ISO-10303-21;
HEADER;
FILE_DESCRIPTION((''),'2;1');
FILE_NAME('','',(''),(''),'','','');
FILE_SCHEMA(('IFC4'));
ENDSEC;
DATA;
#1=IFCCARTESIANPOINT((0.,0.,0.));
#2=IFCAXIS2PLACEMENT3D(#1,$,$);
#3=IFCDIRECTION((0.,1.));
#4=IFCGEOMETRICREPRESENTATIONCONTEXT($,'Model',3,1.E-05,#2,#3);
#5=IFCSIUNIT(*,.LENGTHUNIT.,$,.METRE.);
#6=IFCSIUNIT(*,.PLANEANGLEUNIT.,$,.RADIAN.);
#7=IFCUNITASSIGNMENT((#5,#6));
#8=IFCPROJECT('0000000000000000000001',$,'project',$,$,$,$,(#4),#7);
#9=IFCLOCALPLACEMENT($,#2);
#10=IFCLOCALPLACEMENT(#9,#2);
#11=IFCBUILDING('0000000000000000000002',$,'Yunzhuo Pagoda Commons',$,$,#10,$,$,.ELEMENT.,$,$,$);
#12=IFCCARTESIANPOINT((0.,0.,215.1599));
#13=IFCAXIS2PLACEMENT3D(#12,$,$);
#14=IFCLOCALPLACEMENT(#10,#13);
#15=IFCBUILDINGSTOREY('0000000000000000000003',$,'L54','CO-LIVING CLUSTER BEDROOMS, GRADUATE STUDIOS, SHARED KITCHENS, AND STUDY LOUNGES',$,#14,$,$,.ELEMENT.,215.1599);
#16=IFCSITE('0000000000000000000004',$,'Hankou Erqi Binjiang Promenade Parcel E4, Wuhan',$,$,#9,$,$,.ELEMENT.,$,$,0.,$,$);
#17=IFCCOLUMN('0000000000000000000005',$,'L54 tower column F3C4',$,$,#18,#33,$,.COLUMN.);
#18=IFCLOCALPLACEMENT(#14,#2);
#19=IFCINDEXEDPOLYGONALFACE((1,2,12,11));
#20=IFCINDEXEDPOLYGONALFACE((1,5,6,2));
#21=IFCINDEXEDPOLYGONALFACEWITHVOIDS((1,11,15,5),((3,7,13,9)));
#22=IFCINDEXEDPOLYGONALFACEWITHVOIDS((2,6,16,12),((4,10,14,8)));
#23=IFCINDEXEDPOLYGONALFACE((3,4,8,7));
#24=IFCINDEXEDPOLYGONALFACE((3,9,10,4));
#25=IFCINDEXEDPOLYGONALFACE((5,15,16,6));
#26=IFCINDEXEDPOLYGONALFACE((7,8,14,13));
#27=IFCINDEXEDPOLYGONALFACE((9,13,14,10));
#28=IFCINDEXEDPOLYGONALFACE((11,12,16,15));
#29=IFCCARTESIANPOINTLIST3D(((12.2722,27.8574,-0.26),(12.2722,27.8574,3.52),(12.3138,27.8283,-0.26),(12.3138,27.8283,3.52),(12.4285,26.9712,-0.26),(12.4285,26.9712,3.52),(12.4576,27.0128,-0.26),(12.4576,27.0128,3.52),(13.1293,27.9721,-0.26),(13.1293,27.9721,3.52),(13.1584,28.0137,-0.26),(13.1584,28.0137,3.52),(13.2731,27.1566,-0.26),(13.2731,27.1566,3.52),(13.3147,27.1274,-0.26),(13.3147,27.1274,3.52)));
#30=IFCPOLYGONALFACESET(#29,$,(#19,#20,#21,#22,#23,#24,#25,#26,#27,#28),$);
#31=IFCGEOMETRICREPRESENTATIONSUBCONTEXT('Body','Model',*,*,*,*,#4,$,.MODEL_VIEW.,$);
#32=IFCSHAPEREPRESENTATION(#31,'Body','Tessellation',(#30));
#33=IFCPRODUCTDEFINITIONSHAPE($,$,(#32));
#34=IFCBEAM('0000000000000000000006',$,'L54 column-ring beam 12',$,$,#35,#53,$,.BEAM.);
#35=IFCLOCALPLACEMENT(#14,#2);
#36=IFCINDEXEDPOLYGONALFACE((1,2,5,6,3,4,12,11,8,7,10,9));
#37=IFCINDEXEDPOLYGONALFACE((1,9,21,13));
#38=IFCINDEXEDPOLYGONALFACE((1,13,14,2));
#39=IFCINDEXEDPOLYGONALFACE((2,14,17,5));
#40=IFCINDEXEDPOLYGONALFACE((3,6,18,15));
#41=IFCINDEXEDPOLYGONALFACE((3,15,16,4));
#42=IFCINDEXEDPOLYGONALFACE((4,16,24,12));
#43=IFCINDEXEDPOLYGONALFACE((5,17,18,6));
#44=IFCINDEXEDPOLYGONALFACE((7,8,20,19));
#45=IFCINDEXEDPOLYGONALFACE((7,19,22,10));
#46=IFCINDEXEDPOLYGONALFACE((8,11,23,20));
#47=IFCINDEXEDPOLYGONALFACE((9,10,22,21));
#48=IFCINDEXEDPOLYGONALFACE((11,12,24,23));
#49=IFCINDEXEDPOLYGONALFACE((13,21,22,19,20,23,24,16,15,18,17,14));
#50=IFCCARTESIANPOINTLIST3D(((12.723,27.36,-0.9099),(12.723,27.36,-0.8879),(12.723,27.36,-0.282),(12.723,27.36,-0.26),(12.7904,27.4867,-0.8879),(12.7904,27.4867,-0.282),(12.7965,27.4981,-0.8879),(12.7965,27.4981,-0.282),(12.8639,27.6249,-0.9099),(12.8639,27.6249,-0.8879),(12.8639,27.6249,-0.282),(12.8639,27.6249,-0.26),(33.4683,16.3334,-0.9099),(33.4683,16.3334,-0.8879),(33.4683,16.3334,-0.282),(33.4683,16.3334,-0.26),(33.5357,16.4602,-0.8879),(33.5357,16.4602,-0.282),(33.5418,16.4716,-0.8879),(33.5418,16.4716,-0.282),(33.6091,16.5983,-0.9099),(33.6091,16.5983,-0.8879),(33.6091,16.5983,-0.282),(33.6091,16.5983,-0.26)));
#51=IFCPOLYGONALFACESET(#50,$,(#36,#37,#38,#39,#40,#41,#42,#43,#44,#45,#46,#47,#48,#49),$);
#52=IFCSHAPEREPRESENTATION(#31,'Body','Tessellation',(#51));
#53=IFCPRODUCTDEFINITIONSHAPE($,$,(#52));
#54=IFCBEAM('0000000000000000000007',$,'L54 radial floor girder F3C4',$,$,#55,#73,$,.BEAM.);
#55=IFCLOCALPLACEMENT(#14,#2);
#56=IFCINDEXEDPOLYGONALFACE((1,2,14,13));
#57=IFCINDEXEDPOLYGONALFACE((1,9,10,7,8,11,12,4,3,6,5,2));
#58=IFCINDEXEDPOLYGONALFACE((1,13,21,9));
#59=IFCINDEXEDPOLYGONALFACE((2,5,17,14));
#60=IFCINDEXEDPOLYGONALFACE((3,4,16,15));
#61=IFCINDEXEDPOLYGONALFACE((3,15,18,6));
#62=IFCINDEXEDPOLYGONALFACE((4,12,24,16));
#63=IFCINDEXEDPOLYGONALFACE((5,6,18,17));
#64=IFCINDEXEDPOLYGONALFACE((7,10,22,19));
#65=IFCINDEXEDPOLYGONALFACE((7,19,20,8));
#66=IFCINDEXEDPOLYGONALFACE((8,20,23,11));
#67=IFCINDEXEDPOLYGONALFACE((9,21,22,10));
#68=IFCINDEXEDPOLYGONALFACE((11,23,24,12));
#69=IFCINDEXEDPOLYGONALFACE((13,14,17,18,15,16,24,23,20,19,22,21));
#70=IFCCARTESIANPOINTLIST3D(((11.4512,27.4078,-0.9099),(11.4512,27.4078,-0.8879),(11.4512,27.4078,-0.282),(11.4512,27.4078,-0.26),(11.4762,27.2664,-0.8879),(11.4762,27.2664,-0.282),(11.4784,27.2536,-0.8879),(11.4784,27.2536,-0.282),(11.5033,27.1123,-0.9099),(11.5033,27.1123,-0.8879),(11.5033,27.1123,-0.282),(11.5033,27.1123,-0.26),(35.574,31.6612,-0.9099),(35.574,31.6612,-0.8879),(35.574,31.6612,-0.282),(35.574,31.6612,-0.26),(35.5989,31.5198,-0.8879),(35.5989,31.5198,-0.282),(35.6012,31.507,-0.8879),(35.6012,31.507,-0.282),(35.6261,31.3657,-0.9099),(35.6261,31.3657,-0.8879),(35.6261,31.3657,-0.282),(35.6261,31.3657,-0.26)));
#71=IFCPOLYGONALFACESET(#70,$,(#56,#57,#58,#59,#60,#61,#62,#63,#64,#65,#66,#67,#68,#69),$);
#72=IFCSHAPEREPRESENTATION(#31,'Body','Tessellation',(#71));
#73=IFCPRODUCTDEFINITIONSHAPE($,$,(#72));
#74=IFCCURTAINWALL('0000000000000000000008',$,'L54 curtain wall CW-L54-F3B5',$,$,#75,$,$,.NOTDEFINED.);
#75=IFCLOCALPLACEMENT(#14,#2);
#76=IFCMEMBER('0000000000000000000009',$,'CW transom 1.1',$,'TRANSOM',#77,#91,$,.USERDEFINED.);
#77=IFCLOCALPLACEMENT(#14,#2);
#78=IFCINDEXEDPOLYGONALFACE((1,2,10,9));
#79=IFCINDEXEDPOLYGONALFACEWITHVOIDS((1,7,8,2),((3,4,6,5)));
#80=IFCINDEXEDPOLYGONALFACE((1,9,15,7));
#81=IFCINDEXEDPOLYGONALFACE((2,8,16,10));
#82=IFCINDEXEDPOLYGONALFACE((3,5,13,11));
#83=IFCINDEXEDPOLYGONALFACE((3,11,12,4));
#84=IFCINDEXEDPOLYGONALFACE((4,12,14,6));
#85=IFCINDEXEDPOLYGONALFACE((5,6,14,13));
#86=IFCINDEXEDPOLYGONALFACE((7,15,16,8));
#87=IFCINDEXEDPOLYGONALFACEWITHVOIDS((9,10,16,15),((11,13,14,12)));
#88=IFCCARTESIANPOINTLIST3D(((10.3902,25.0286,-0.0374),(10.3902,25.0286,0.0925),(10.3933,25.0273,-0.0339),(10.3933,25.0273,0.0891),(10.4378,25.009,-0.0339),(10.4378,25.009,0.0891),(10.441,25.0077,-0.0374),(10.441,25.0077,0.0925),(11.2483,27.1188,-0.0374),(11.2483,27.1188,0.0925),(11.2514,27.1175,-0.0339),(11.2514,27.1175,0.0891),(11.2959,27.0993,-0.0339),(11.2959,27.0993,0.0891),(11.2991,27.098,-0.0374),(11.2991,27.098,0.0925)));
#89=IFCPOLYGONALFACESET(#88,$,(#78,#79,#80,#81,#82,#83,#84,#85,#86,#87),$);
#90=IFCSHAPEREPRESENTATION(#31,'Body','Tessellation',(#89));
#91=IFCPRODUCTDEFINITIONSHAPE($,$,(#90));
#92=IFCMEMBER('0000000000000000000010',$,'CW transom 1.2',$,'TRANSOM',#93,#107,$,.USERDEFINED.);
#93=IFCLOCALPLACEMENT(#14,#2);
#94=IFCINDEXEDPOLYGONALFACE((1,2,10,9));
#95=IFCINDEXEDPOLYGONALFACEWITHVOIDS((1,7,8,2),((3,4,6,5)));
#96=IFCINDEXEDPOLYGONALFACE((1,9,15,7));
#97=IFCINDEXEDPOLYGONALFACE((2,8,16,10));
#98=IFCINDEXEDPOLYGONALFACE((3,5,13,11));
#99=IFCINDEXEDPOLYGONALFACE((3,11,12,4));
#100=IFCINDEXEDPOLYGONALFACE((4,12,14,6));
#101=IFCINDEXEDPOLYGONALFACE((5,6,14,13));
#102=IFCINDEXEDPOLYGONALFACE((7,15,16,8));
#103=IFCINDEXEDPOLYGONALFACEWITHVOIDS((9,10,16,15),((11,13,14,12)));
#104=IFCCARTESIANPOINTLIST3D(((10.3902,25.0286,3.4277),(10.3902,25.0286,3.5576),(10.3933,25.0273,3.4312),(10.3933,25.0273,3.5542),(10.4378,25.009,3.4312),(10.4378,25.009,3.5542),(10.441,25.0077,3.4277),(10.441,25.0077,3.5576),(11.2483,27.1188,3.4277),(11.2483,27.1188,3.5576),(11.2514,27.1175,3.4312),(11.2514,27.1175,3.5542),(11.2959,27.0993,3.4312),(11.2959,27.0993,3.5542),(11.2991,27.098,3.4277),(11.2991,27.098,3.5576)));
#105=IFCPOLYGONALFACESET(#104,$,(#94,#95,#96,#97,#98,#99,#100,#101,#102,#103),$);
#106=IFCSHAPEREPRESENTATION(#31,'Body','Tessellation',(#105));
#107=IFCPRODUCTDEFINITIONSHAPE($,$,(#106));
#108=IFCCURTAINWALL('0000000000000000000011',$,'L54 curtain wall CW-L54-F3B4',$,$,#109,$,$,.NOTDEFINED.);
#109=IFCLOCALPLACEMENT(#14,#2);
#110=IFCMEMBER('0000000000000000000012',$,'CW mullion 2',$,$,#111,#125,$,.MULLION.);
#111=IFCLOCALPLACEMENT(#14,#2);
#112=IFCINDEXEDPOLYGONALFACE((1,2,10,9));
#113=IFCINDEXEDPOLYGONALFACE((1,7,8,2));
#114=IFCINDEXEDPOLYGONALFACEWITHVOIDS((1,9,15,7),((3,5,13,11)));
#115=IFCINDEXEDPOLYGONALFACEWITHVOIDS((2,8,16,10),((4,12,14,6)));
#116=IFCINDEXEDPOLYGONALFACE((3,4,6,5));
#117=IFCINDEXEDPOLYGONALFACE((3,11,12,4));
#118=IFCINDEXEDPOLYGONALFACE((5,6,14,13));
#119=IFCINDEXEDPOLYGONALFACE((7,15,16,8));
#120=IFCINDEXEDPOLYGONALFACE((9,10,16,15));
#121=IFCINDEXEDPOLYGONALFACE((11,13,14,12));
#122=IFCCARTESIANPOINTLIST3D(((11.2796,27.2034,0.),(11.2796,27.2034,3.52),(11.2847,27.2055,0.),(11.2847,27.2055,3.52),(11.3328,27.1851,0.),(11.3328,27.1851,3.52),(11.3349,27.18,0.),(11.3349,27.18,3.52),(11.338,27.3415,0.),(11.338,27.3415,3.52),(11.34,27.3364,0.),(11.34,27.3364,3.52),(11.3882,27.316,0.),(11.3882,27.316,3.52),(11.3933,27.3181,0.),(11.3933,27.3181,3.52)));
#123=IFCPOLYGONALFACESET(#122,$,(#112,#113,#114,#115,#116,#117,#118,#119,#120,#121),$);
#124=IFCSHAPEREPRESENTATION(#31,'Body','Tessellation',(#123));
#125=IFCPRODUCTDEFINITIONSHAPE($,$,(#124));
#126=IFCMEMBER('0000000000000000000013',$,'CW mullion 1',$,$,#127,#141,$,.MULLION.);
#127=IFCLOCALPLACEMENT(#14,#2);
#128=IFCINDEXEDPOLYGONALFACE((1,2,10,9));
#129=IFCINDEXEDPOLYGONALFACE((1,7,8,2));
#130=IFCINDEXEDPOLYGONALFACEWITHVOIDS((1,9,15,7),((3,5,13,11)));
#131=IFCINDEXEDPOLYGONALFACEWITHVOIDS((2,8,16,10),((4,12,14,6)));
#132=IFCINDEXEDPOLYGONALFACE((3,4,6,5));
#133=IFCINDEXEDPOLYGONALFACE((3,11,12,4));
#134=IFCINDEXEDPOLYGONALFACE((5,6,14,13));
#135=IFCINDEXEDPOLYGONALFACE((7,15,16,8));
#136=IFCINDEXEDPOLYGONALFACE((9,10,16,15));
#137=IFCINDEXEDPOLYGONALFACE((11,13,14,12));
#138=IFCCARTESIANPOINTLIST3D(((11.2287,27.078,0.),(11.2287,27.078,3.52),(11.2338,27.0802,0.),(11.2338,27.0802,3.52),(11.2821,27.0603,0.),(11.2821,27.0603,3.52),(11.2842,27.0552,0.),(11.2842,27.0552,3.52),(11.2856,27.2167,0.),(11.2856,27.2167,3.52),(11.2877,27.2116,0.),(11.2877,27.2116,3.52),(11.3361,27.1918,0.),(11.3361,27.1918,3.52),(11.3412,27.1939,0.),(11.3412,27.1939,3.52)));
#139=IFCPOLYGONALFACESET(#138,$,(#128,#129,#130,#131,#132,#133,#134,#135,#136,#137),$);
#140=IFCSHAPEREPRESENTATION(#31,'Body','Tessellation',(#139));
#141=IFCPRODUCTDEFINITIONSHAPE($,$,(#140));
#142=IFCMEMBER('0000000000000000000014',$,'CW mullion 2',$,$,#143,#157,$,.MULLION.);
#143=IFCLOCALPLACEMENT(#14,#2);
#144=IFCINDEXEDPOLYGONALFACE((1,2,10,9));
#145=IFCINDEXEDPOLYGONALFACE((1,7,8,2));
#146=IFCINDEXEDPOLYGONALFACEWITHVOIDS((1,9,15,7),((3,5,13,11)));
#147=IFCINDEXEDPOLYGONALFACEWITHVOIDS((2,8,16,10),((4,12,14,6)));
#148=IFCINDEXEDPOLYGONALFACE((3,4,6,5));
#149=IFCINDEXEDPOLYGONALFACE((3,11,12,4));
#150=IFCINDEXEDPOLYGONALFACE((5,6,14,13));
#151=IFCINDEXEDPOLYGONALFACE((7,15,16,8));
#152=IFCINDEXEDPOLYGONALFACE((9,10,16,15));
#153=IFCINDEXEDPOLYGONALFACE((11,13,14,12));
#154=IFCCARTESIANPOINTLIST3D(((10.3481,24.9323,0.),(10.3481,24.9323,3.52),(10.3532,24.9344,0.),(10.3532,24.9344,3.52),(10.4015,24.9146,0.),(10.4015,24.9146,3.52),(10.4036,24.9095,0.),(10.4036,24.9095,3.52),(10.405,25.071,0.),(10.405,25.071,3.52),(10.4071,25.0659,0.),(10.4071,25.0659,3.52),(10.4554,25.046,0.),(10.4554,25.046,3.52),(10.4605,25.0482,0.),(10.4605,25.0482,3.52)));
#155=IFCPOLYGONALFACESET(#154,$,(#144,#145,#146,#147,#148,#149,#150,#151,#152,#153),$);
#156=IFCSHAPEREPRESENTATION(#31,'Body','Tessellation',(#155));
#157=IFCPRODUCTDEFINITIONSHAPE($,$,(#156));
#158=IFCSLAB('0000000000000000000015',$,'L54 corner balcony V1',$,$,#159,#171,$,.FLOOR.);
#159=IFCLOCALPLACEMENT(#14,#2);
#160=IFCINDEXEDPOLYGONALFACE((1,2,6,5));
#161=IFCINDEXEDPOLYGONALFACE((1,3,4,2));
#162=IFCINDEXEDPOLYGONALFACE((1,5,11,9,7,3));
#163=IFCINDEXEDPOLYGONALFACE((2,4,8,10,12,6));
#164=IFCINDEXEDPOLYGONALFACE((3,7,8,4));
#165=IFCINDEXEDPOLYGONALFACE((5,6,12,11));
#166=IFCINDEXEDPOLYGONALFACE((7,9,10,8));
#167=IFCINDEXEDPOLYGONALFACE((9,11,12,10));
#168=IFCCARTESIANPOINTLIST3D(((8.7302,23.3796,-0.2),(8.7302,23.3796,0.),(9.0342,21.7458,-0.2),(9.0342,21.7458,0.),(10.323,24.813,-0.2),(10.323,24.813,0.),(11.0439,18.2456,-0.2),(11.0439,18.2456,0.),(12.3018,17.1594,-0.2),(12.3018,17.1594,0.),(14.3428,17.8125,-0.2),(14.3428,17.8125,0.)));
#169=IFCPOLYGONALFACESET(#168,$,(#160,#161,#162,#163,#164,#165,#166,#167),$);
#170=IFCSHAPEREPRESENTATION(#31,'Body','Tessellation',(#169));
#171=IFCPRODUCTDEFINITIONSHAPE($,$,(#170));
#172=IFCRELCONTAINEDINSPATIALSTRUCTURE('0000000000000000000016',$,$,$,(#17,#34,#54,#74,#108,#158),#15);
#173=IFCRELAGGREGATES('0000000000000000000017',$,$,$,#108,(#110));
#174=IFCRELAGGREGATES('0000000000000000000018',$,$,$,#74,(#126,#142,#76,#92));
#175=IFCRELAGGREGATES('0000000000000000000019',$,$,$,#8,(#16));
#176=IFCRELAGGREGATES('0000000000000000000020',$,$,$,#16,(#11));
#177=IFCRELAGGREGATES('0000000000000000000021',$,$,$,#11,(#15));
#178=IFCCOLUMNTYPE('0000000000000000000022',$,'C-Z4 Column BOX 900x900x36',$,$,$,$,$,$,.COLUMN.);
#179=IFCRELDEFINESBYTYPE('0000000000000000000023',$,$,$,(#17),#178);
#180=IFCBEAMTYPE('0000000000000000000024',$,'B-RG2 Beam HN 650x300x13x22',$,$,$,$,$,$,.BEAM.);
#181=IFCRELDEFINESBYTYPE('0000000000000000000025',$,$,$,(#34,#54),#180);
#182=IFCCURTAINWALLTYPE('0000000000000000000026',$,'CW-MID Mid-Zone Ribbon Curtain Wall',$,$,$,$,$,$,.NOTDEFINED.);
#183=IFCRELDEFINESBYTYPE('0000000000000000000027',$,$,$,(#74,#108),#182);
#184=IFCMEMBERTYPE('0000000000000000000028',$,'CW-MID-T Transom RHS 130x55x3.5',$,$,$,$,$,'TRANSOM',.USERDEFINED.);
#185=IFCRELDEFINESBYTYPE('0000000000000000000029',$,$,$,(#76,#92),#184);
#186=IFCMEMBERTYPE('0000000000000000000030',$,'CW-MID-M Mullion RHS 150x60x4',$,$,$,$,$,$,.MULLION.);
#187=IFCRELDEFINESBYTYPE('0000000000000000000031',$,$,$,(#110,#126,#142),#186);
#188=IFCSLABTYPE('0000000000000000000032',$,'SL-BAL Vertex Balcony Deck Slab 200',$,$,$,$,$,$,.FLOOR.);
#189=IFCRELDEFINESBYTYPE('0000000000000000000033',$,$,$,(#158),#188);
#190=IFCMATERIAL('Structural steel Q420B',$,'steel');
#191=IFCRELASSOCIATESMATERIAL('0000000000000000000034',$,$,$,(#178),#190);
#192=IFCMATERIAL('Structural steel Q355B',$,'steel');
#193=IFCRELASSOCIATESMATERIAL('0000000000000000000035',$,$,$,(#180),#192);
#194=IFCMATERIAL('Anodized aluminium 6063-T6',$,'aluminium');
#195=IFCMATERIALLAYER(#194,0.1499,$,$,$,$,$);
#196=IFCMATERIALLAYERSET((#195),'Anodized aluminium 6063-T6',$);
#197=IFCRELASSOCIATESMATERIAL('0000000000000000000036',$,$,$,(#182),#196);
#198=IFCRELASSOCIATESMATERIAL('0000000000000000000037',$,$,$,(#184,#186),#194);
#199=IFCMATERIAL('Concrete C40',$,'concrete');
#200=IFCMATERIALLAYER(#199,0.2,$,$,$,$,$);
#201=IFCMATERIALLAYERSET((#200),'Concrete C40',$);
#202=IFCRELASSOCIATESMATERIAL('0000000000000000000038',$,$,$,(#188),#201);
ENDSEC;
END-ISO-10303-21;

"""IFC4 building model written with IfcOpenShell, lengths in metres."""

from ifc_helpers import new_model, si_unit, direction, frame, origin, origin_2d, place, context, subcontext, project, spatial, polyline, hollow_rectangle, i_section, outline, extrude, source, transform, mapped, material, layer, layer_set, material_profile, profile_set, type_object, element, aggregate, save


model = new_model("IFC4")

# Units and contexts
model_context = context("Model", 3, precision=1e-05, world=origin(), true_north=direction((0.0, 1.0)))
body_context = subcontext(model_context, "Body", "Model", "MODEL_VIEW")
ifc_project = project(units=[si_unit("LENGTHUNIT", "METRE"), si_unit("PLANEANGLEUNIT", "RADIAN")], contexts=[model_context])

# Site, building, storey
site_placement = place(None, origin())
site = spatial("IfcSite", under=ifc_project, at=site_placement, Name="Hankou Erqi Binjiang Promenade Parcel E4, Wuhan", CompositionType="ELEMENT", RefElevation=0.0)
building_placement = place(site_placement, origin())
building = spatial("IfcBuilding", under=site, at=building_placement, Name="Yunzhuo Pagoda Commons", CompositionType="ELEMENT")
storey_placement = place(building_placement, frame((0.0, 0.0, 215.1599)))
storey = spatial("IfcBuildingStorey", under=building, at=storey_placement, Name="L54", Description="CO-LIVING CLUSTER BEDROOMS, GRADUATE STUDIOS, SHARED KITCHENS, AND STUDY LOUNGES", CompositionType="ELEMENT", Elevation=215.1599)

# Column
ifc_material_1 = material(Name="Structural steel Q420B", Category="steel")
ifc_material_profile_1 = material_profile(ifc_material_1, hollow_rectangle(XDim=0.8999, YDim=0.8999, WallThickness=0.0359, at=origin_2d()), Name="Structural steel Q420B")
ifc_profile_set_1 = profile_set([ifc_material_profile_1], Name="Structural steel Q420B")
column_type = type_object("IfcColumnType", Name="C-Z4 Column BOX 900x900x36", PredefinedType="COLUMN", material=ifc_profile_set_1)
shared_shape_1 = source(origin(), body_context, "Body", "SweptSolid", [
    extrude(hollow_rectangle(XDim=0.8999, YDim=0.8999, WallThickness=0.0359, at=origin_2d()), origin(), (0.0, 0.0, 1.0), 3.78),
])
column_placement = place(storey_placement, frame((12.7935, 27.4924, -0.26), z_axis=(0.0, 0.0, 1.0), x_axis=(0.173648, -0.984808, 0.0)))
element("IfcColumn", 1, at=column_placement, inside=storey, type_object=column_type, Name="L54 tower column F3C4", PredefinedType="COLUMN", context=body_context, shape_type="MappedRepresentation", body=[
    mapped(shared_shape_1, transform((0.0, 0.0, 0.0), scale=1.0)),
])

# Beams
ifc_material_2 = material(Name="Structural steel Q355B", Category="steel")
ifc_material_profile_2 = material_profile(ifc_material_2, i_section(OverallWidth=0.3, OverallDepth=0.6499, WebThickness=0.0129, FlangeThickness=0.022, at=origin_2d()), Name="Structural steel Q355B")
ifc_profile_set_2 = profile_set([ifc_material_profile_2], Name="Structural steel Q355B")
beam_type = type_object("IfcBeamType", Name="B-RG2 Beam HN 650x300x13x22", PredefinedType="BEAM", material=ifc_profile_set_2)
shared_shape_2 = source(origin(), body_context, "Body", "SweptSolid", [
    extrude(i_section(OverallWidth=0.3, OverallDepth=0.6499, WebThickness=0.0129, FlangeThickness=0.022, at=origin_2d()), origin(), (0.0, 0.0, 1.0), 23.4937),
])
beam_1_placement = place(storey_placement, frame((12.7935, 27.4924, -0.585), z_axis=(0.883016, -0.469342, 0.0), x_axis=(0.469342, 0.883016, 0.0)))
element("IfcBeam", 2, at=beam_1_placement, inside=storey, type_object=beam_type, Name="L54 column-ring beam 12", PredefinedType="BEAM", context=body_context, shape_type="MappedRepresentation", body=[
    mapped(shared_shape_2, transform((0.0, 0.0, 0.0), scale=1.0)),
])
shared_shape_3 = source(origin(), body_context, "Body", "SweptSolid", [
    extrude(i_section(OverallWidth=0.3, OverallDepth=0.6499, WebThickness=0.0129, FlangeThickness=0.022, at=origin_2d()), origin(), (0.0, 0.0, 1.0), 24.4949),
])
beam_2_placement = place(storey_placement, frame((11.4773, 27.26, -0.585), z_axis=(0.984808, 0.173645, 0.0), x_axis=(-0.173645, 0.984808, 0.0)))
element("IfcBeam", 3, at=beam_2_placement, inside=storey, type_object=beam_type, Name="L54 radial floor girder F3C4", PredefinedType="BEAM", context=body_context, shape_type="MappedRepresentation", body=[
    mapped(shared_shape_3, transform((0.0, 0.0, 0.0), scale=1.0)),
])

# Curtain wall, members
ifc_material_3 = material(Name="Anodized aluminium 6063-T6", Category="aluminium")
ifc_layer_1 = layer(ifc_material_3, 0.1499)
ifc_layer_set_1 = layer_set([ifc_layer_1], Name="Anodized aluminium 6063-T6")
curtain_wall_type = type_object("IfcCurtainWallType", Name="CW-MID Mid-Zone Ribbon Curtain Wall", PredefinedType="NOTDEFINED", material=ifc_layer_set_1)
curtain_wall_1_placement = place(storey_placement, origin())
curtain_wall_1 = element("IfcCurtainWall", 4, at=curtain_wall_1_placement, inside=storey, type_object=curtain_wall_type, Name="L54 curtain wall CW-L54-F3B5", PredefinedType="NOTDEFINED")
ifc_material_profile_3 = material_profile(ifc_material_3, hollow_rectangle(XDim=0.0549, YDim=0.1299, WallThickness=0.0034, at=origin_2d()), Name="Anodized aluminium 6063-T6")
ifc_profile_set_3 = profile_set([ifc_material_profile_3], Name="Anodized aluminium 6063-T6")
member_type_1 = type_object("IfcMemberType", Name="CW-MID-T Transom RHS 130x55x3.5", ElementType="TRANSOM", PredefinedType="USERDEFINED", material=ifc_profile_set_3)
shared_shape_4 = source(origin(), body_context, "Body", "SweptSolid", [
    extrude(hollow_rectangle(XDim=0.0549, YDim=0.1299, WallThickness=0.0034, at=origin_2d()), origin(), (0.0, 0.0, 1.0), 2.2595),
])
member_1_placement = place(storey_placement, frame((11.2737, 27.1084, 0.0276), z_axis=(-0.379777, -0.925078, 0.0), x_axis=(0.925078, -0.379777, 0.0)))
member_1 = element("IfcMember", 5, at=member_1_placement, type_object=member_type_1, Name="CW transom 1.1", ObjectType="TRANSOM", PredefinedType="USERDEFINED", context=body_context, shape_type="MappedRepresentation", body=[
    mapped(shared_shape_4, transform((0.0, 0.0, 0.0), scale=1.0)),
])
member_2_placement = place(storey_placement, frame((11.2737, 27.1084, 3.4927), z_axis=(-0.379777, -0.925078, 0.0), x_axis=(0.925078, -0.379777, 0.0)))
member_2 = element("IfcMember", 6, at=member_2_placement, type_object=member_type_1, Name="CW transom 1.2", ObjectType="TRANSOM", PredefinedType="USERDEFINED", context=body_context, shape_type="MappedRepresentation", body=[
    mapped(shared_shape_4, transform((0.0, 0.0, 0.0), scale=1.0)),
])

# Curtain wall, member
curtain_wall_2_placement = place(storey_placement, origin())
curtain_wall_2 = element("IfcCurtainWall", 7, at=curtain_wall_2_placement, inside=storey, type_object=curtain_wall_type, Name="L54 curtain wall CW-L54-F3B4", PredefinedType="NOTDEFINED")
ifc_material_profile_4 = material_profile(ifc_material_3, hollow_rectangle(XDim=0.0601, YDim=0.1499, WallThickness=0.0039, at=origin_2d()), Name="Anodized aluminium 6063-T6")
ifc_profile_set_4 = profile_set([ifc_material_profile_4], Name="Anodized aluminium 6063-T6")
member_type_2 = type_object("IfcMemberType", Name="CW-MID-M Mullion RHS 150x60x4", PredefinedType="MULLION", material=ifc_profile_set_4)
shared_shape_5 = source(origin(), body_context, "Body", "SweptSolid", [
    extrude(hollow_rectangle(XDim=0.0601, YDim=0.1499, WallThickness=0.0039, at=origin_2d()), origin(), (0.0, 0.0, 1.0), 3.52),
])
member_3_placement = place(storey_placement, frame((11.3364, 27.2607, 0.0), z_axis=(0.0, 0.0, 1.0), x_axis=(0.920979, -0.389612, 0.0)))
member_3 = element("IfcMember", 8, at=member_3_placement, type_object=member_type_2, Name="CW mullion 2", PredefinedType="MULLION", context=body_context, shape_type="MappedRepresentation", body=[
    mapped(shared_shape_5, transform((0.0, 0.0, 0.0), scale=1.0)),
])
aggregate(curtain_wall_2, [member_3])

# Members
member_4_placement = place(storey_placement, frame((11.2849, 27.136, 0.0), z_axis=(0.0, 0.0, 1.0), x_axis=(0.925118, -0.37968, 0.0)))
member_4 = element("IfcMember", 9, at=member_4_placement, type_object=member_type_2, Name="CW mullion 1", PredefinedType="MULLION", context=body_context, shape_type="MappedRepresentation", body=[
    mapped(shared_shape_5, transform((0.0, 0.0, 0.0), scale=1.0)),
])
member_5_placement = place(storey_placement, frame((10.4043, 24.9902, 0.0), z_axis=(0.0, 0.0, 1.0), x_axis=(0.925118, -0.37968, 0.0)))
member_5 = element("IfcMember", 10, at=member_5_placement, type_object=member_type_2, Name="CW mullion 2", PredefinedType="MULLION", context=body_context, shape_type="MappedRepresentation", body=[
    mapped(shared_shape_5, transform((0.0, 0.0, 0.0), scale=1.0)),
])

# Slab
ifc_material_4 = material(Name="Concrete C40", Category="concrete")
ifc_layer_2 = layer(ifc_material_4, 0.2)
ifc_layer_set_2 = layer_set([ifc_layer_2], Name="Concrete C40")
slab_type_1 = type_object("IfcSlabType", Name="SL-BAL Vertex Balcony Deck Slab 200", PredefinedType="FLOOR", material=ifc_layer_set_2)
slab_1_placement = place(storey_placement, frame((0.0, 0.0, -0.2)))
element("IfcSlab", 11, at=slab_1_placement, inside=storey, type_object=slab_type_1, Name="L54 corner balcony V1", PredefinedType="FLOOR", context=body_context, shape_type="SweptSolid", body=[
    extrude(outline(polyline([(10.323, 24.813), (14.3428, 17.8125), (12.3018, 17.1594), (11.0439, 18.2456), (9.0342, 21.7458), (8.7302, 23.3796), (10.323, 24.813)])), origin(), (0.0, 0.0, 1.0), 0.2),
])

aggregate(curtain_wall_1, [member_4, member_5, member_1, member_2])

save(model, "model.ifc")
